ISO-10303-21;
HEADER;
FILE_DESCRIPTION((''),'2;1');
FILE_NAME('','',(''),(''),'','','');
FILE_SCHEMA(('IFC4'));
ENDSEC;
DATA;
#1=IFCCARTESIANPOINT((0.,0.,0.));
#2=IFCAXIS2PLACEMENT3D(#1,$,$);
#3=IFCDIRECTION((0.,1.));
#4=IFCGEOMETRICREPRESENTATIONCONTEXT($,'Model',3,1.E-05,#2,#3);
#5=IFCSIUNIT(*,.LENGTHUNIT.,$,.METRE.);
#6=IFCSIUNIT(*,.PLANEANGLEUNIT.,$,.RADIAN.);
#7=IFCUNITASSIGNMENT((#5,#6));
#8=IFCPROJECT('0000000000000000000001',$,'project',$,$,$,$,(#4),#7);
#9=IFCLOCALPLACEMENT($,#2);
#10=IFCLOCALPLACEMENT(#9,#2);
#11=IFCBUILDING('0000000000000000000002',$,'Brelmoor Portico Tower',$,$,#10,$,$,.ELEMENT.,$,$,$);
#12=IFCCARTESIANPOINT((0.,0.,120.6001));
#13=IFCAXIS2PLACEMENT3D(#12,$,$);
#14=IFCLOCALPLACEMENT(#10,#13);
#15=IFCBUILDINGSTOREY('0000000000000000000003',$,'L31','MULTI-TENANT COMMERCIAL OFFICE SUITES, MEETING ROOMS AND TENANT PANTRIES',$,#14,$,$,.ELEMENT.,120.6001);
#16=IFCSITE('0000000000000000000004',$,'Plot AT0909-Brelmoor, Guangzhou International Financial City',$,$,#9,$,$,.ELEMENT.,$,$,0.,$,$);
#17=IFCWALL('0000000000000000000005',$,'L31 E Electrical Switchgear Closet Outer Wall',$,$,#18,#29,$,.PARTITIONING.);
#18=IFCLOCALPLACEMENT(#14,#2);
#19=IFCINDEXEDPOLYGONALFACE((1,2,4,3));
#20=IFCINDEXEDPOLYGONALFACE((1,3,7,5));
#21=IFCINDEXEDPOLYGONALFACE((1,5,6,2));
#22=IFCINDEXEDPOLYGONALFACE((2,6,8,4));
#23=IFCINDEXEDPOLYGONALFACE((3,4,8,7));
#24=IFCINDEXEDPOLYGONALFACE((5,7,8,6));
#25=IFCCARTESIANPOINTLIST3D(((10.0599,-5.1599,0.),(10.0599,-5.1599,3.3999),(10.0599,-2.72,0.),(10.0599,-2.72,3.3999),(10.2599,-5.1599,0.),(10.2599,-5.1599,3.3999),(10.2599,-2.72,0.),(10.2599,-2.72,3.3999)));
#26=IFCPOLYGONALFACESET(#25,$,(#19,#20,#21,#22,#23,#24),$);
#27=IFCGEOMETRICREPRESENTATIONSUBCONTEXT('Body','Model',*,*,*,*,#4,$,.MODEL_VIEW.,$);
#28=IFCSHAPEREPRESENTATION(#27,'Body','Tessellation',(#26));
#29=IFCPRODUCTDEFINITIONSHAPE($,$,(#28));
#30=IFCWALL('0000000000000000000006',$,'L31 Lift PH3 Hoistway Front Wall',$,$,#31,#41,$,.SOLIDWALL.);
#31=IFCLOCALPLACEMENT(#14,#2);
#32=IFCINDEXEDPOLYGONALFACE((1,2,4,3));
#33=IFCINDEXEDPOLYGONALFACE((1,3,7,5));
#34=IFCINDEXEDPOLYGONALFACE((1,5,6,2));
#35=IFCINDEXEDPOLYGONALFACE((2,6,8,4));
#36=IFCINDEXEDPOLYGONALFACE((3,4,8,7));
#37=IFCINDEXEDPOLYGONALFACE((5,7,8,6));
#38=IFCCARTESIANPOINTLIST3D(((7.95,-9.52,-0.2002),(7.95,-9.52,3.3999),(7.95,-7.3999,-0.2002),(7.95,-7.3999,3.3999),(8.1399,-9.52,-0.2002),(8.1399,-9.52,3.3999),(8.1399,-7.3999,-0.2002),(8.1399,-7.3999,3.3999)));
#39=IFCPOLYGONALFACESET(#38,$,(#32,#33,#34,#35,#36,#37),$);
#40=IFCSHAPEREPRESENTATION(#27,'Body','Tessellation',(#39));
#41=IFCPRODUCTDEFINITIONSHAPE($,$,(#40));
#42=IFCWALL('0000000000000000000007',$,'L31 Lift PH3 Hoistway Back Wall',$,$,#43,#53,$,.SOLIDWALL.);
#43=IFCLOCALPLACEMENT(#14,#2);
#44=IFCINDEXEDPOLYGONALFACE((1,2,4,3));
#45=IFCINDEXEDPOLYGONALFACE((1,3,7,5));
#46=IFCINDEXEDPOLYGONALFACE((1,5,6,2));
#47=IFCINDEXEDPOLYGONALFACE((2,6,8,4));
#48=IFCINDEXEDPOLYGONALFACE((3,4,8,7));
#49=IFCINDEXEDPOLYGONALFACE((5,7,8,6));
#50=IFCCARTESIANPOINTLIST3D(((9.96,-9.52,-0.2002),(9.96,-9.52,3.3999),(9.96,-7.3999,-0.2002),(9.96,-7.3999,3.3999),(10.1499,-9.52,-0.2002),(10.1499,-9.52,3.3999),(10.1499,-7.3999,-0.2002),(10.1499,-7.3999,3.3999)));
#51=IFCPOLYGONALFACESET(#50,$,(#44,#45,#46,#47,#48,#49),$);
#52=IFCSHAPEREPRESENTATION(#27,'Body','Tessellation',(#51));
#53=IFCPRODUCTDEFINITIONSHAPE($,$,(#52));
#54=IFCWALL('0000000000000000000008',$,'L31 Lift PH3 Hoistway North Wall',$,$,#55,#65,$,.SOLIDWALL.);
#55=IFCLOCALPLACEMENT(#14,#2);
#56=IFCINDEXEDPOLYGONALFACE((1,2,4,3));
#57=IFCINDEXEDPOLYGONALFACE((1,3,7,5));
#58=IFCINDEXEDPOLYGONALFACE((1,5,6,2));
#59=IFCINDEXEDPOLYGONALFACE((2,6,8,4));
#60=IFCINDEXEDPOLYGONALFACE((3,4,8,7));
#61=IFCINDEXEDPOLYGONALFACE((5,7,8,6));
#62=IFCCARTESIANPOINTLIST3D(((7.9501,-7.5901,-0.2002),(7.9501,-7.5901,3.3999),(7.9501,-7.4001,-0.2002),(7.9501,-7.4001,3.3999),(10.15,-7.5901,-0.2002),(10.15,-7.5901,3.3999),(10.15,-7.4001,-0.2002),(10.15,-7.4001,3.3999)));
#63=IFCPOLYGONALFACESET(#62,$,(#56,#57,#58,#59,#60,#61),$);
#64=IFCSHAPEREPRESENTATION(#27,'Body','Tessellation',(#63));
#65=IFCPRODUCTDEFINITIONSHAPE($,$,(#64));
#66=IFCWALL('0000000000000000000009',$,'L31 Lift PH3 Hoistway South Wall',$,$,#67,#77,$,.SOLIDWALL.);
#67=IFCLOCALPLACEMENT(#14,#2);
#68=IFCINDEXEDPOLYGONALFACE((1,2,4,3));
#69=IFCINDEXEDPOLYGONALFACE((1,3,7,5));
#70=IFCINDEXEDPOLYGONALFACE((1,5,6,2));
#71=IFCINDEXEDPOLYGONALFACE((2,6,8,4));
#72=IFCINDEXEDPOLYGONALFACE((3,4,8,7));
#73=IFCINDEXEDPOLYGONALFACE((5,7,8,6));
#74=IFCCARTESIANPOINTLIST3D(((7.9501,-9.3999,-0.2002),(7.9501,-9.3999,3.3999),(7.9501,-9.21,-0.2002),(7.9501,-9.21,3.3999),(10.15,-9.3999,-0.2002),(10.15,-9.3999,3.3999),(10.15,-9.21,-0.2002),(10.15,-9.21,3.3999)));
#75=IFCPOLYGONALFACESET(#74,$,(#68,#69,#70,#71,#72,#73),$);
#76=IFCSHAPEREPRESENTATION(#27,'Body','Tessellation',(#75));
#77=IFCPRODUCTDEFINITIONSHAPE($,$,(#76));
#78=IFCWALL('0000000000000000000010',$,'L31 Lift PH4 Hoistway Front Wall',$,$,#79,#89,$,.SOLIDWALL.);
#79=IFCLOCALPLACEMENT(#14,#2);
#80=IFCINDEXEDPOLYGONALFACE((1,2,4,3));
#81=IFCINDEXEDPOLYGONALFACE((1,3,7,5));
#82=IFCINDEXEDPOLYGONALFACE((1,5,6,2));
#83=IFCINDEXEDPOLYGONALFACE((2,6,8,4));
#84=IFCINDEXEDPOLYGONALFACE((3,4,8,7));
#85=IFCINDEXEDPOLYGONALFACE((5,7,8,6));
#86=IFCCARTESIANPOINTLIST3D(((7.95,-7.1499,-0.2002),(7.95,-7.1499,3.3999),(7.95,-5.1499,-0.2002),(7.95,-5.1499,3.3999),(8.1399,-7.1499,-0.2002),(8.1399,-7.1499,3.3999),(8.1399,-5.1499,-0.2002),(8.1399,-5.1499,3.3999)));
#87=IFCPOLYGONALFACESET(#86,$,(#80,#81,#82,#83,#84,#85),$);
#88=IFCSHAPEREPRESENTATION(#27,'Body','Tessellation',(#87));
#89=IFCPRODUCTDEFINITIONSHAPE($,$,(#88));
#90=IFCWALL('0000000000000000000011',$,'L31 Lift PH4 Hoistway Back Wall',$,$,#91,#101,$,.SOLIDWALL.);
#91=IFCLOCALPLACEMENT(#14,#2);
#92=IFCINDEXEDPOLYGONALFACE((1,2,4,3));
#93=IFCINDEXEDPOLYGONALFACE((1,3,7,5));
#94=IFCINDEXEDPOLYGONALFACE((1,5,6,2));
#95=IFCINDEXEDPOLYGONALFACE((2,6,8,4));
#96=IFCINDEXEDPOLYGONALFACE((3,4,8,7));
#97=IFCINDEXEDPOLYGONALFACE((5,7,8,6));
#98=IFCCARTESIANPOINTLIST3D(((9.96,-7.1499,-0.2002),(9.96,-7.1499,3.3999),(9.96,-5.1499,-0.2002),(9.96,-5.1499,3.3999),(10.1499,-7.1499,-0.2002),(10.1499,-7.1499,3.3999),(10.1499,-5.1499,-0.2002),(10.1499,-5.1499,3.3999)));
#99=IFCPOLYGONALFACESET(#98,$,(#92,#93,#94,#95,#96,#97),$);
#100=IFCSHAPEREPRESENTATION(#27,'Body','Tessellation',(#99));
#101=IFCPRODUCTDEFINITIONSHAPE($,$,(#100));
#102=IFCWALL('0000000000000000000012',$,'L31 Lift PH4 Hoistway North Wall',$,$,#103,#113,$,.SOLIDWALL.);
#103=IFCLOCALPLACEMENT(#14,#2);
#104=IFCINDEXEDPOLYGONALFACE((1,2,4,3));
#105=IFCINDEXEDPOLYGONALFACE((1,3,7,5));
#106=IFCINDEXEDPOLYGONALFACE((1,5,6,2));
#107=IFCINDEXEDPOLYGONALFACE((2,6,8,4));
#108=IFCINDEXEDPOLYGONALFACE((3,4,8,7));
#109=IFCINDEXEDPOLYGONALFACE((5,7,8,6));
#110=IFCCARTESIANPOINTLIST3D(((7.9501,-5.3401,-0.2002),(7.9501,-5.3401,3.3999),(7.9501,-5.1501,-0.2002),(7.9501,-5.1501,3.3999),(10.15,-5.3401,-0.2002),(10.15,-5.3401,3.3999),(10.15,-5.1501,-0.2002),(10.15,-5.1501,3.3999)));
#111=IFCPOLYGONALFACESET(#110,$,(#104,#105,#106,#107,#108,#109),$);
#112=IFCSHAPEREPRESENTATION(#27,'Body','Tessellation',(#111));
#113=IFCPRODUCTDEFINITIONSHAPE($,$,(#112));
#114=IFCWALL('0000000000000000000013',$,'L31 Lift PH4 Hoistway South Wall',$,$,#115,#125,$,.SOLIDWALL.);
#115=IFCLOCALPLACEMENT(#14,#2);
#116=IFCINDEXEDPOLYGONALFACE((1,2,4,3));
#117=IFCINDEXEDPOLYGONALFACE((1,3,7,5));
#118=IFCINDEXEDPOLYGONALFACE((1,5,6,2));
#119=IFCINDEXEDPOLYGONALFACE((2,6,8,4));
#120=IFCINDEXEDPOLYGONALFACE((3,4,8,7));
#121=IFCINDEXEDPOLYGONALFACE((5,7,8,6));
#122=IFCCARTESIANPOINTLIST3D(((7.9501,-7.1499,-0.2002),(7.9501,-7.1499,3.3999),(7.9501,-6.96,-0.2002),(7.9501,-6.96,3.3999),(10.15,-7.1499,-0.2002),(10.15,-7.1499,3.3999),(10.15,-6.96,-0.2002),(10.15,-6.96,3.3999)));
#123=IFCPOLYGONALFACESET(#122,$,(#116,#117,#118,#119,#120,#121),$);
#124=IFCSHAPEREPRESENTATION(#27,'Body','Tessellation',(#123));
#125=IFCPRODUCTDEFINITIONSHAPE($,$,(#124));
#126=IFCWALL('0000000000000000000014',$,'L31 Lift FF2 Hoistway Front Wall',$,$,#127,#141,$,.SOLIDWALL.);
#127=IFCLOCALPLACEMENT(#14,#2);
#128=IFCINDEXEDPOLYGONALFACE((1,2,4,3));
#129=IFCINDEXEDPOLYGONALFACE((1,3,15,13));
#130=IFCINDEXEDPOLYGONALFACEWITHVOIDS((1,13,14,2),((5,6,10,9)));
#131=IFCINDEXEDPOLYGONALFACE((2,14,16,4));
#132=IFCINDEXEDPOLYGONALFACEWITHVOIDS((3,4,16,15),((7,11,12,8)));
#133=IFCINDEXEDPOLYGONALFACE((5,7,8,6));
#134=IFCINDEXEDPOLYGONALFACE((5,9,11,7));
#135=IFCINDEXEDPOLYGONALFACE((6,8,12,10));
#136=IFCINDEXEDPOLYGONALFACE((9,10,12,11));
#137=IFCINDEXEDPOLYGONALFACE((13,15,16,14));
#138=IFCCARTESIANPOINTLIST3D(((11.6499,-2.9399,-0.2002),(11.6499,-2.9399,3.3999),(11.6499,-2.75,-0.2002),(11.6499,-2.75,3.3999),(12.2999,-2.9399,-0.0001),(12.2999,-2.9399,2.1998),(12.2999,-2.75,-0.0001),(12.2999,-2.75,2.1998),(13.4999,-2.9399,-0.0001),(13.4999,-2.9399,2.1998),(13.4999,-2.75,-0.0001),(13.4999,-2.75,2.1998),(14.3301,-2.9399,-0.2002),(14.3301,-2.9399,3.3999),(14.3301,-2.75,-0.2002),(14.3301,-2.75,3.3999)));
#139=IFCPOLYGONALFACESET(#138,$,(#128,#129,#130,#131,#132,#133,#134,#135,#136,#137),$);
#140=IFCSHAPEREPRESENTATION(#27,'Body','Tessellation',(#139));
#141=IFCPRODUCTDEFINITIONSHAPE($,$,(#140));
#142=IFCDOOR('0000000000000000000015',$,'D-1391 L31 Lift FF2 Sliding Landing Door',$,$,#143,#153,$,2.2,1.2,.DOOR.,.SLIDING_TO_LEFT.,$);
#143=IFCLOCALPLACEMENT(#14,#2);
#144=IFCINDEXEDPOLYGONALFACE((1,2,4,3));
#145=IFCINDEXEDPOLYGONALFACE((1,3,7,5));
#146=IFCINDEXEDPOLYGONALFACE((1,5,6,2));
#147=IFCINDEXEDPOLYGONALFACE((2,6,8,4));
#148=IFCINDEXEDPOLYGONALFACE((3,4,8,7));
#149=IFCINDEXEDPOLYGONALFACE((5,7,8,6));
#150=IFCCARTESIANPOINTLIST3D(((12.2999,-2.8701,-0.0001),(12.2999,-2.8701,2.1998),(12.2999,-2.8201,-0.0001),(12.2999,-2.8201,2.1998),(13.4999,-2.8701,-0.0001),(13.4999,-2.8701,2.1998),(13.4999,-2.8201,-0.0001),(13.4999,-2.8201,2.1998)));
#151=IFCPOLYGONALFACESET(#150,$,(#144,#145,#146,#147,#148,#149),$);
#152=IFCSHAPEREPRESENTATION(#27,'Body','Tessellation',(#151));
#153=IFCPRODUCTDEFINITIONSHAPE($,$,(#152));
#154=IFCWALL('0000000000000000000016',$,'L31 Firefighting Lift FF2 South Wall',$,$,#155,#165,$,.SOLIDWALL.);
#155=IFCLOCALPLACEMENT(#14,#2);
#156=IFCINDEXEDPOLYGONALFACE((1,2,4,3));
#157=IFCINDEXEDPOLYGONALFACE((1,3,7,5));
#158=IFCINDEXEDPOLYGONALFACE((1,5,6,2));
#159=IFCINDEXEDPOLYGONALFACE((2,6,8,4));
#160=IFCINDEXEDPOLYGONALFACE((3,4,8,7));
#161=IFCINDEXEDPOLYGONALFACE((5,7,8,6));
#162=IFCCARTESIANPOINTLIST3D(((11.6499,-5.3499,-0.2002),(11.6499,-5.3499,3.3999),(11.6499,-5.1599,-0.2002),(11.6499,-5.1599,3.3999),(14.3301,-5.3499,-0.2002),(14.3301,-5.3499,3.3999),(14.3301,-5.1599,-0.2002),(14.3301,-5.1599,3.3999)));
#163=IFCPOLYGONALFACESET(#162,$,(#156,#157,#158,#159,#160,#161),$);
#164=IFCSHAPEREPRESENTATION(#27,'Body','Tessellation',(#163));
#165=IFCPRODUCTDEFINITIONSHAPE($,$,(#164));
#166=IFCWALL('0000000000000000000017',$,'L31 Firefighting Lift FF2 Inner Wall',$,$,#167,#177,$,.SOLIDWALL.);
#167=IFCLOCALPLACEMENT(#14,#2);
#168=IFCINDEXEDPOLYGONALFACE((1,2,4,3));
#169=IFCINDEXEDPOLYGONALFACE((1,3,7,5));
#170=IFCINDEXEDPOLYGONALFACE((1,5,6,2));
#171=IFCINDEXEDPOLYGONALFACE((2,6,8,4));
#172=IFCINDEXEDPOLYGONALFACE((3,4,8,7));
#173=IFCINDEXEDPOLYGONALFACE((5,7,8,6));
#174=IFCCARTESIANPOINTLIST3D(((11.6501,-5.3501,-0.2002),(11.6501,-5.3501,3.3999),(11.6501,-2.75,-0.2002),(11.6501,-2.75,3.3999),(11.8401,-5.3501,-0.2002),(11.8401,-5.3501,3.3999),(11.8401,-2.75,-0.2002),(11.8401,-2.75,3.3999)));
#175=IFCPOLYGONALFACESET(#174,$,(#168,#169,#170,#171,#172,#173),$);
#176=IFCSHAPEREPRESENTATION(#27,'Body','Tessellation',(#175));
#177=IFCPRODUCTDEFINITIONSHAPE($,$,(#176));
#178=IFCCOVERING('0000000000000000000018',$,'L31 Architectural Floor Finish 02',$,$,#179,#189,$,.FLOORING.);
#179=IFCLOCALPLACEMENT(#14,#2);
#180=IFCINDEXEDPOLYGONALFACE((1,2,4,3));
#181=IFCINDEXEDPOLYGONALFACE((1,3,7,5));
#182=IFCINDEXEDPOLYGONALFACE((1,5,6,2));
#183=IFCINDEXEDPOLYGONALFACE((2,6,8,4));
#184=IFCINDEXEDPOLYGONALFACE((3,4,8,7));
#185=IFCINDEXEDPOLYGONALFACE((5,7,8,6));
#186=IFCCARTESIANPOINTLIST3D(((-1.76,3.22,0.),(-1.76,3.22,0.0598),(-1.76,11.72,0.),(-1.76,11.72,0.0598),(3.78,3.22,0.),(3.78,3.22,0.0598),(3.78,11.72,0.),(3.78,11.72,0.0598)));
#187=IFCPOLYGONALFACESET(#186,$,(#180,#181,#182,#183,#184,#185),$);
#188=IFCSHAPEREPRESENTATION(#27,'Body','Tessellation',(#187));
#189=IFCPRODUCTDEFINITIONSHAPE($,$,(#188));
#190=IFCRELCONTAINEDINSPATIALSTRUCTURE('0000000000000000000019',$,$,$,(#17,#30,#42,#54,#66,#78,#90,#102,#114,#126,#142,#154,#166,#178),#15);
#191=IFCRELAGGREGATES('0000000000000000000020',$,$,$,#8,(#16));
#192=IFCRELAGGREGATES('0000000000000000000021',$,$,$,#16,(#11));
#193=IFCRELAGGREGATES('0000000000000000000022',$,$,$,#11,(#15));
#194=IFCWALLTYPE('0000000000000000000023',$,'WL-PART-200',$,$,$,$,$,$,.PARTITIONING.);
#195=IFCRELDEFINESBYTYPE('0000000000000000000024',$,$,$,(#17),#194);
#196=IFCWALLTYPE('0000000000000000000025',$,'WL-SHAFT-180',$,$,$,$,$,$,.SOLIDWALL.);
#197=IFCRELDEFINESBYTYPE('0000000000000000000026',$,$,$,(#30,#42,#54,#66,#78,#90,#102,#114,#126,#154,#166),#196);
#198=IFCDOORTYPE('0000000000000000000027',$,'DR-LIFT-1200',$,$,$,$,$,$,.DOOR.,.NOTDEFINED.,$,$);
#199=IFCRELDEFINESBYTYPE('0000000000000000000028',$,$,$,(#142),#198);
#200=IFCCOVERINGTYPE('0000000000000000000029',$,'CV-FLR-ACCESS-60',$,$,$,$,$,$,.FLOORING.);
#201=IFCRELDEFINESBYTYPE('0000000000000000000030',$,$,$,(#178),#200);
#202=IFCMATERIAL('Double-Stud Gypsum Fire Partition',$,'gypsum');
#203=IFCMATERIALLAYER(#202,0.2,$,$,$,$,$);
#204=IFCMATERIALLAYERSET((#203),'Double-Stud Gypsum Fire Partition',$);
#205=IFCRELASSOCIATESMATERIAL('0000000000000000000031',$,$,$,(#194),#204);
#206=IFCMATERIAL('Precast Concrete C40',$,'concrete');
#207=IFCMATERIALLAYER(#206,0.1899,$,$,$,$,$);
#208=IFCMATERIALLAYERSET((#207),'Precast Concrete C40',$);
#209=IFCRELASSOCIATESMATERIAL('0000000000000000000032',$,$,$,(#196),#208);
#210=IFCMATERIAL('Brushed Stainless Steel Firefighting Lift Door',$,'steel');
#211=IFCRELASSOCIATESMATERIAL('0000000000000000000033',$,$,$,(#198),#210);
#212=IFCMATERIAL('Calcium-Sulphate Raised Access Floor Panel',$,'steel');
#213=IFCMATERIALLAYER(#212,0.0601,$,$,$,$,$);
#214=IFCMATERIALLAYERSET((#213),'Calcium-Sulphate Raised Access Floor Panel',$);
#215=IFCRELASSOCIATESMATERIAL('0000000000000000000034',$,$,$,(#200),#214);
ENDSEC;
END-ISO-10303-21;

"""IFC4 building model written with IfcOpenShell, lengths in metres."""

from ifc_helpers import new_model, si_unit, direction, frame, frame_2d, origin, place, context, subcontext, project, spatial, polyline, rectangle, outline, extrude, material, layer, layer_set, type_object, element, fill, save


model = new_model("IFC4")

# Units and contexts
model_context = context("Model", 3, precision=1e-05, world=origin(), true_north=direction((0.0, 1.0)))
body_context = subcontext(model_context, "Body", "Model", "MODEL_VIEW")
ifc_project = project(units=[si_unit("LENGTHUNIT", "METRE"), si_unit("PLANEANGLEUNIT", "RADIAN")], contexts=[model_context])

# Site, building, storey
site_placement = place(None, origin())
site = spatial("IfcSite", under=ifc_project, at=site_placement, Name="Plot AT0909-Brelmoor, Guangzhou International Financial City", CompositionType="ELEMENT", RefElevation=0.0)
building_placement = place(site_placement, origin())
building = spatial("IfcBuilding", under=site, at=building_placement, Name="Brelmoor Portico Tower", CompositionType="ELEMENT")
storey_placement = place(building_placement, frame((0.0, 0.0, 120.6001)))
storey = spatial("IfcBuildingStorey", under=building, at=storey_placement, Name="L31", Description="MULTI-TENANT COMMERCIAL OFFICE SUITES, MEETING ROOMS AND TENANT PANTRIES", CompositionType="ELEMENT", Elevation=120.6001)

# Shared definitions
ifc_material_1 = material(Name="Double-Stud Gypsum Fire Partition", Category="gypsum")
ifc_layer_1 = layer(ifc_material_1, 0.2)
ifc_layer_set_1 = layer_set([ifc_layer_1], Name="Double-Stud Gypsum Fire Partition")
wall_type_1 = type_object("IfcWallType", Name="WL-PART-200", PredefinedType="PARTITIONING", material=ifc_layer_set_1)

# Walls
for number, where, z_axis, x_axis, name in (
    (1, (10.1599, -5.1599, 0.0), (0.0, 0.0, 1.0), (0.0, 1.0, 0.0), "L31 E Electrical Switchgear Closet Outer Wall"),
):
    element("IfcWall", number, at=place(storey_placement, frame(where, z_axis=z_axis, x_axis=x_axis)), inside=storey, type_object=wall_type_1, Name=name, PredefinedType="PARTITIONING", context=body_context, shape_type="SweptSolid", body=[
        extrude(rectangle(XDim=2.4399, YDim=0.2, at=frame_2d((1.22, 0.0))), origin(), (0.0, 0.0, 1.0), 3.3999),
    ])
ifc_material_2 = material(Name="Precast Concrete C40", Category="concrete")
ifc_layer_2 = layer(ifc_material_2, 0.1899)
ifc_layer_set_2 = layer_set([ifc_layer_2], Name="Precast Concrete C40")
wall_type_2 = type_object("IfcWallType", Name="WL-SHAFT-180", PredefinedType="SOLIDWALL", material=ifc_layer_set_2)
for number, where, z_axis, x_axis, name in (
    (2, (8.0449, -9.52, -0.2002), (0.0, 0.0, 1.0), (0.0, 1.0, 0.0), "L31 Lift PH3 Hoistway Front Wall"),
    (3, (10.0549, -9.52, -0.2002), (0.0, 0.0, 1.0), (0.0, 1.0, 0.0), "L31 Lift PH3 Hoistway Back Wall"),
):
    element("IfcWall", number, at=place(storey_placement, frame(where, z_axis=z_axis, x_axis=x_axis)), inside=storey, type_object=wall_type_2, Name=name, PredefinedType="SOLIDWALL", context=body_context, shape_type="SweptSolid", body=[
        extrude(rectangle(XDim=2.1201, YDim=0.1899, at=frame_2d((1.0601, 0.0))), origin(), (0.0, 0.0, 1.0), 3.6001),
    ])
for number, where, z_axis, x_axis, name in (
    (4, (7.95, -7.4951, -0.2002), (0.0, 0.0, 1.0), (1.0, 0.0, 0.0), "L31 Lift PH3 Hoistway North Wall"),
    (5, (7.95, -9.3049, -0.2002), (0.0, 0.0, 1.0), (1.0, 0.0, 0.0), "L31 Lift PH3 Hoistway South Wall"),
):
    element("IfcWall", number, at=place(storey_placement, frame(where, z_axis=z_axis, x_axis=x_axis)), inside=storey, type_object=wall_type_2, Name=name, PredefinedType="SOLIDWALL", context=body_context, shape_type="SweptSolid", body=[
        extrude(rectangle(XDim=2.2, YDim=0.1899, at=frame_2d((1.1001, 0.0))), origin(), (0.0, 0.0, 1.0), 3.6001),
    ])
for number, where, z_axis, x_axis, name in (
    (6, (8.0449, -7.1499, -0.2002), (0.0, 0.0, 1.0), (0.0, 1.0, 0.0), "L31 Lift PH4 Hoistway Front Wall"),
    (7, (10.0549, -7.1499, -0.2002), (0.0, 0.0, 1.0), (0.0, 1.0, 0.0), "L31 Lift PH4 Hoistway Back Wall"),
):
    element("IfcWall", number, at=place(storey_placement, frame(where, z_axis=z_axis, x_axis=x_axis)), inside=storey, type_object=wall_type_2, Name=name, PredefinedType="SOLIDWALL", context=body_context, shape_type="SweptSolid", body=[
        extrude(rectangle(XDim=2.0, YDim=0.1899, at=frame_2d((1.0, 0.0))), origin(), (0.0, 0.0, 1.0), 3.6001),
    ])
for number, where, z_axis, x_axis, name in (
    (8, (7.95, -5.2451, -0.2002), (0.0, 0.0, 1.0), (1.0, 0.0, 0.0), "L31 Lift PH4 Hoistway North Wall"),
    (9, (7.95, -7.0549, -0.2002), (0.0, 0.0, 1.0), (1.0, 0.0, 0.0), "L31 Lift PH4 Hoistway South Wall"),
):
    element("IfcWall", number, at=place(storey_placement, frame(where, z_axis=z_axis, x_axis=x_axis)), inside=storey, type_object=wall_type_2, Name=name, PredefinedType="SOLIDWALL", context=body_context, shape_type="SweptSolid", body=[
        extrude(rectangle(XDim=2.2, YDim=0.1899, at=frame_2d((1.1001, 0.0))), origin(), (0.0, 0.0, 1.0), 3.6001),
    ])

# Wall, opening, door
wall_1_placement = place(storey_placement, frame((11.6499, -2.845, -0.2002), z_axis=(0.0, 0.0, 1.0), x_axis=(1.0, 0.0, 0.0)))
wall_1 = element("IfcWall", 10, at=wall_1_placement, inside=storey, type_object=wall_type_2, Name="L31 Lift FF2 Hoistway Front Wall", PredefinedType="SOLIDWALL", context=body_context, shape_type="SweptSolid", body=[
    extrude(rectangle(XDim=2.6802, YDim=0.1899, at=frame_2d((1.3401, 0.0))), origin(), (0.0, 0.0, 1.0), 3.6001),
])
opening_1_placement = place(wall_1_placement, frame((0.6499, 0.0, 0.2)))
opening_1 = element("IfcOpeningElement", 11, at=opening_1_placement, cuts=wall_1, PredefinedType="OPENING", context=body_context, shape_type="SweptSolid", body=[
    extrude(rectangle(XDim=1.2, YDim=2.2, at=frame_2d((0.6001, 1.1001))), frame((0.0, 0.105, 0.0), z_axis=(0.0, -1.0, 0.0), x_axis=(1.0, 0.0, 0.0)), (0.0, 0.0, 1.0), 0.21),
])
ifc_material_3 = material(Name="Brushed Stainless Steel Firefighting Lift Door", Category="steel")
door_type_1 = type_object("IfcDoorType", Name="DR-LIFT-1200", OperationType="NOTDEFINED", PredefinedType="DOOR", material=ifc_material_3)
door_1_placement = place(opening_1_placement, origin())
door_1 = element("IfcDoor", 12, at=door_1_placement, inside=storey, type_object=door_type_1, Name="D-1391 L31 Lift FF2 Sliding Landing Door", OperationType="SLIDING_TO_LEFT", OverallHeight=2.2, OverallWidth=1.2, PredefinedType="DOOR", context=body_context, shape_type="SweptSolid", body=[
    extrude(rectangle(XDim=1.2, YDim=2.2, at=frame_2d((0.6001, 1.1001))), frame((0.0, 0.0249, 0.0), z_axis=(0.0, -1.0, 0.0), x_axis=(1.0, 0.0, 0.0)), (0.0, 0.0, 1.0), 0.05),
])
fill(opening_1, door_1)

# Walls
wall_2_placement = place(storey_placement, frame((11.6499, -5.2549, -0.2002), z_axis=(0.0, 0.0, 1.0), x_axis=(1.0, 0.0, 0.0)))
element("IfcWall", 13, at=wall_2_placement, inside=storey, type_object=wall_type_2, Name="L31 Firefighting Lift FF2 South Wall", PredefinedType="SOLIDWALL", context=body_context, shape_type="SweptSolid", body=[
    extrude(rectangle(XDim=2.6802, YDim=0.1899, at=frame_2d((1.3401, 0.0))), origin(), (0.0, 0.0, 1.0), 3.6001),
])
wall_3_placement = place(storey_placement, frame((11.7451, -5.3501, -0.2002), z_axis=(0.0, 0.0, 1.0), x_axis=(0.0, 1.0, 0.0)))
element("IfcWall", 14, at=wall_3_placement, inside=storey, type_object=wall_type_2, Name="L31 Firefighting Lift FF2 Inner Wall", PredefinedType="SOLIDWALL", context=body_context, shape_type="SweptSolid", body=[
    extrude(rectangle(XDim=2.6001, YDim=0.1899, at=frame_2d((1.3, 0.0))), origin(), (0.0, 0.0, 1.0), 3.6001),
])

# Covering
ifc_material_4 = material(Name="Calcium-Sulphate Raised Access Floor Panel", Category="steel")
ifc_layer_3 = layer(ifc_material_4, 0.0601)
ifc_layer_set_3 = layer_set([ifc_layer_3], Name="Calcium-Sulphate Raised Access Floor Panel")
covering_type_1 = type_object("IfcCoveringType", Name="CV-FLR-ACCESS-60", PredefinedType="FLOORING", material=ifc_layer_set_3)
covering_1_placement = place(storey_placement, origin())
element("IfcCovering", 15, at=covering_1_placement, inside=storey, type_object=covering_type_1, Name="L31 Architectural Floor Finish 02", PredefinedType="FLOORING", context=body_context, shape_type="SweptSolid", body=[
    extrude(outline(polyline([(-1.76, 3.22), (-1.76, 11.72), (3.78, 11.72), (3.78, 3.22), (-1.76, 3.22)])), origin(), (0.0, 0.0, 1.0), 0.0598),
])

save(model, "model.ifc")
